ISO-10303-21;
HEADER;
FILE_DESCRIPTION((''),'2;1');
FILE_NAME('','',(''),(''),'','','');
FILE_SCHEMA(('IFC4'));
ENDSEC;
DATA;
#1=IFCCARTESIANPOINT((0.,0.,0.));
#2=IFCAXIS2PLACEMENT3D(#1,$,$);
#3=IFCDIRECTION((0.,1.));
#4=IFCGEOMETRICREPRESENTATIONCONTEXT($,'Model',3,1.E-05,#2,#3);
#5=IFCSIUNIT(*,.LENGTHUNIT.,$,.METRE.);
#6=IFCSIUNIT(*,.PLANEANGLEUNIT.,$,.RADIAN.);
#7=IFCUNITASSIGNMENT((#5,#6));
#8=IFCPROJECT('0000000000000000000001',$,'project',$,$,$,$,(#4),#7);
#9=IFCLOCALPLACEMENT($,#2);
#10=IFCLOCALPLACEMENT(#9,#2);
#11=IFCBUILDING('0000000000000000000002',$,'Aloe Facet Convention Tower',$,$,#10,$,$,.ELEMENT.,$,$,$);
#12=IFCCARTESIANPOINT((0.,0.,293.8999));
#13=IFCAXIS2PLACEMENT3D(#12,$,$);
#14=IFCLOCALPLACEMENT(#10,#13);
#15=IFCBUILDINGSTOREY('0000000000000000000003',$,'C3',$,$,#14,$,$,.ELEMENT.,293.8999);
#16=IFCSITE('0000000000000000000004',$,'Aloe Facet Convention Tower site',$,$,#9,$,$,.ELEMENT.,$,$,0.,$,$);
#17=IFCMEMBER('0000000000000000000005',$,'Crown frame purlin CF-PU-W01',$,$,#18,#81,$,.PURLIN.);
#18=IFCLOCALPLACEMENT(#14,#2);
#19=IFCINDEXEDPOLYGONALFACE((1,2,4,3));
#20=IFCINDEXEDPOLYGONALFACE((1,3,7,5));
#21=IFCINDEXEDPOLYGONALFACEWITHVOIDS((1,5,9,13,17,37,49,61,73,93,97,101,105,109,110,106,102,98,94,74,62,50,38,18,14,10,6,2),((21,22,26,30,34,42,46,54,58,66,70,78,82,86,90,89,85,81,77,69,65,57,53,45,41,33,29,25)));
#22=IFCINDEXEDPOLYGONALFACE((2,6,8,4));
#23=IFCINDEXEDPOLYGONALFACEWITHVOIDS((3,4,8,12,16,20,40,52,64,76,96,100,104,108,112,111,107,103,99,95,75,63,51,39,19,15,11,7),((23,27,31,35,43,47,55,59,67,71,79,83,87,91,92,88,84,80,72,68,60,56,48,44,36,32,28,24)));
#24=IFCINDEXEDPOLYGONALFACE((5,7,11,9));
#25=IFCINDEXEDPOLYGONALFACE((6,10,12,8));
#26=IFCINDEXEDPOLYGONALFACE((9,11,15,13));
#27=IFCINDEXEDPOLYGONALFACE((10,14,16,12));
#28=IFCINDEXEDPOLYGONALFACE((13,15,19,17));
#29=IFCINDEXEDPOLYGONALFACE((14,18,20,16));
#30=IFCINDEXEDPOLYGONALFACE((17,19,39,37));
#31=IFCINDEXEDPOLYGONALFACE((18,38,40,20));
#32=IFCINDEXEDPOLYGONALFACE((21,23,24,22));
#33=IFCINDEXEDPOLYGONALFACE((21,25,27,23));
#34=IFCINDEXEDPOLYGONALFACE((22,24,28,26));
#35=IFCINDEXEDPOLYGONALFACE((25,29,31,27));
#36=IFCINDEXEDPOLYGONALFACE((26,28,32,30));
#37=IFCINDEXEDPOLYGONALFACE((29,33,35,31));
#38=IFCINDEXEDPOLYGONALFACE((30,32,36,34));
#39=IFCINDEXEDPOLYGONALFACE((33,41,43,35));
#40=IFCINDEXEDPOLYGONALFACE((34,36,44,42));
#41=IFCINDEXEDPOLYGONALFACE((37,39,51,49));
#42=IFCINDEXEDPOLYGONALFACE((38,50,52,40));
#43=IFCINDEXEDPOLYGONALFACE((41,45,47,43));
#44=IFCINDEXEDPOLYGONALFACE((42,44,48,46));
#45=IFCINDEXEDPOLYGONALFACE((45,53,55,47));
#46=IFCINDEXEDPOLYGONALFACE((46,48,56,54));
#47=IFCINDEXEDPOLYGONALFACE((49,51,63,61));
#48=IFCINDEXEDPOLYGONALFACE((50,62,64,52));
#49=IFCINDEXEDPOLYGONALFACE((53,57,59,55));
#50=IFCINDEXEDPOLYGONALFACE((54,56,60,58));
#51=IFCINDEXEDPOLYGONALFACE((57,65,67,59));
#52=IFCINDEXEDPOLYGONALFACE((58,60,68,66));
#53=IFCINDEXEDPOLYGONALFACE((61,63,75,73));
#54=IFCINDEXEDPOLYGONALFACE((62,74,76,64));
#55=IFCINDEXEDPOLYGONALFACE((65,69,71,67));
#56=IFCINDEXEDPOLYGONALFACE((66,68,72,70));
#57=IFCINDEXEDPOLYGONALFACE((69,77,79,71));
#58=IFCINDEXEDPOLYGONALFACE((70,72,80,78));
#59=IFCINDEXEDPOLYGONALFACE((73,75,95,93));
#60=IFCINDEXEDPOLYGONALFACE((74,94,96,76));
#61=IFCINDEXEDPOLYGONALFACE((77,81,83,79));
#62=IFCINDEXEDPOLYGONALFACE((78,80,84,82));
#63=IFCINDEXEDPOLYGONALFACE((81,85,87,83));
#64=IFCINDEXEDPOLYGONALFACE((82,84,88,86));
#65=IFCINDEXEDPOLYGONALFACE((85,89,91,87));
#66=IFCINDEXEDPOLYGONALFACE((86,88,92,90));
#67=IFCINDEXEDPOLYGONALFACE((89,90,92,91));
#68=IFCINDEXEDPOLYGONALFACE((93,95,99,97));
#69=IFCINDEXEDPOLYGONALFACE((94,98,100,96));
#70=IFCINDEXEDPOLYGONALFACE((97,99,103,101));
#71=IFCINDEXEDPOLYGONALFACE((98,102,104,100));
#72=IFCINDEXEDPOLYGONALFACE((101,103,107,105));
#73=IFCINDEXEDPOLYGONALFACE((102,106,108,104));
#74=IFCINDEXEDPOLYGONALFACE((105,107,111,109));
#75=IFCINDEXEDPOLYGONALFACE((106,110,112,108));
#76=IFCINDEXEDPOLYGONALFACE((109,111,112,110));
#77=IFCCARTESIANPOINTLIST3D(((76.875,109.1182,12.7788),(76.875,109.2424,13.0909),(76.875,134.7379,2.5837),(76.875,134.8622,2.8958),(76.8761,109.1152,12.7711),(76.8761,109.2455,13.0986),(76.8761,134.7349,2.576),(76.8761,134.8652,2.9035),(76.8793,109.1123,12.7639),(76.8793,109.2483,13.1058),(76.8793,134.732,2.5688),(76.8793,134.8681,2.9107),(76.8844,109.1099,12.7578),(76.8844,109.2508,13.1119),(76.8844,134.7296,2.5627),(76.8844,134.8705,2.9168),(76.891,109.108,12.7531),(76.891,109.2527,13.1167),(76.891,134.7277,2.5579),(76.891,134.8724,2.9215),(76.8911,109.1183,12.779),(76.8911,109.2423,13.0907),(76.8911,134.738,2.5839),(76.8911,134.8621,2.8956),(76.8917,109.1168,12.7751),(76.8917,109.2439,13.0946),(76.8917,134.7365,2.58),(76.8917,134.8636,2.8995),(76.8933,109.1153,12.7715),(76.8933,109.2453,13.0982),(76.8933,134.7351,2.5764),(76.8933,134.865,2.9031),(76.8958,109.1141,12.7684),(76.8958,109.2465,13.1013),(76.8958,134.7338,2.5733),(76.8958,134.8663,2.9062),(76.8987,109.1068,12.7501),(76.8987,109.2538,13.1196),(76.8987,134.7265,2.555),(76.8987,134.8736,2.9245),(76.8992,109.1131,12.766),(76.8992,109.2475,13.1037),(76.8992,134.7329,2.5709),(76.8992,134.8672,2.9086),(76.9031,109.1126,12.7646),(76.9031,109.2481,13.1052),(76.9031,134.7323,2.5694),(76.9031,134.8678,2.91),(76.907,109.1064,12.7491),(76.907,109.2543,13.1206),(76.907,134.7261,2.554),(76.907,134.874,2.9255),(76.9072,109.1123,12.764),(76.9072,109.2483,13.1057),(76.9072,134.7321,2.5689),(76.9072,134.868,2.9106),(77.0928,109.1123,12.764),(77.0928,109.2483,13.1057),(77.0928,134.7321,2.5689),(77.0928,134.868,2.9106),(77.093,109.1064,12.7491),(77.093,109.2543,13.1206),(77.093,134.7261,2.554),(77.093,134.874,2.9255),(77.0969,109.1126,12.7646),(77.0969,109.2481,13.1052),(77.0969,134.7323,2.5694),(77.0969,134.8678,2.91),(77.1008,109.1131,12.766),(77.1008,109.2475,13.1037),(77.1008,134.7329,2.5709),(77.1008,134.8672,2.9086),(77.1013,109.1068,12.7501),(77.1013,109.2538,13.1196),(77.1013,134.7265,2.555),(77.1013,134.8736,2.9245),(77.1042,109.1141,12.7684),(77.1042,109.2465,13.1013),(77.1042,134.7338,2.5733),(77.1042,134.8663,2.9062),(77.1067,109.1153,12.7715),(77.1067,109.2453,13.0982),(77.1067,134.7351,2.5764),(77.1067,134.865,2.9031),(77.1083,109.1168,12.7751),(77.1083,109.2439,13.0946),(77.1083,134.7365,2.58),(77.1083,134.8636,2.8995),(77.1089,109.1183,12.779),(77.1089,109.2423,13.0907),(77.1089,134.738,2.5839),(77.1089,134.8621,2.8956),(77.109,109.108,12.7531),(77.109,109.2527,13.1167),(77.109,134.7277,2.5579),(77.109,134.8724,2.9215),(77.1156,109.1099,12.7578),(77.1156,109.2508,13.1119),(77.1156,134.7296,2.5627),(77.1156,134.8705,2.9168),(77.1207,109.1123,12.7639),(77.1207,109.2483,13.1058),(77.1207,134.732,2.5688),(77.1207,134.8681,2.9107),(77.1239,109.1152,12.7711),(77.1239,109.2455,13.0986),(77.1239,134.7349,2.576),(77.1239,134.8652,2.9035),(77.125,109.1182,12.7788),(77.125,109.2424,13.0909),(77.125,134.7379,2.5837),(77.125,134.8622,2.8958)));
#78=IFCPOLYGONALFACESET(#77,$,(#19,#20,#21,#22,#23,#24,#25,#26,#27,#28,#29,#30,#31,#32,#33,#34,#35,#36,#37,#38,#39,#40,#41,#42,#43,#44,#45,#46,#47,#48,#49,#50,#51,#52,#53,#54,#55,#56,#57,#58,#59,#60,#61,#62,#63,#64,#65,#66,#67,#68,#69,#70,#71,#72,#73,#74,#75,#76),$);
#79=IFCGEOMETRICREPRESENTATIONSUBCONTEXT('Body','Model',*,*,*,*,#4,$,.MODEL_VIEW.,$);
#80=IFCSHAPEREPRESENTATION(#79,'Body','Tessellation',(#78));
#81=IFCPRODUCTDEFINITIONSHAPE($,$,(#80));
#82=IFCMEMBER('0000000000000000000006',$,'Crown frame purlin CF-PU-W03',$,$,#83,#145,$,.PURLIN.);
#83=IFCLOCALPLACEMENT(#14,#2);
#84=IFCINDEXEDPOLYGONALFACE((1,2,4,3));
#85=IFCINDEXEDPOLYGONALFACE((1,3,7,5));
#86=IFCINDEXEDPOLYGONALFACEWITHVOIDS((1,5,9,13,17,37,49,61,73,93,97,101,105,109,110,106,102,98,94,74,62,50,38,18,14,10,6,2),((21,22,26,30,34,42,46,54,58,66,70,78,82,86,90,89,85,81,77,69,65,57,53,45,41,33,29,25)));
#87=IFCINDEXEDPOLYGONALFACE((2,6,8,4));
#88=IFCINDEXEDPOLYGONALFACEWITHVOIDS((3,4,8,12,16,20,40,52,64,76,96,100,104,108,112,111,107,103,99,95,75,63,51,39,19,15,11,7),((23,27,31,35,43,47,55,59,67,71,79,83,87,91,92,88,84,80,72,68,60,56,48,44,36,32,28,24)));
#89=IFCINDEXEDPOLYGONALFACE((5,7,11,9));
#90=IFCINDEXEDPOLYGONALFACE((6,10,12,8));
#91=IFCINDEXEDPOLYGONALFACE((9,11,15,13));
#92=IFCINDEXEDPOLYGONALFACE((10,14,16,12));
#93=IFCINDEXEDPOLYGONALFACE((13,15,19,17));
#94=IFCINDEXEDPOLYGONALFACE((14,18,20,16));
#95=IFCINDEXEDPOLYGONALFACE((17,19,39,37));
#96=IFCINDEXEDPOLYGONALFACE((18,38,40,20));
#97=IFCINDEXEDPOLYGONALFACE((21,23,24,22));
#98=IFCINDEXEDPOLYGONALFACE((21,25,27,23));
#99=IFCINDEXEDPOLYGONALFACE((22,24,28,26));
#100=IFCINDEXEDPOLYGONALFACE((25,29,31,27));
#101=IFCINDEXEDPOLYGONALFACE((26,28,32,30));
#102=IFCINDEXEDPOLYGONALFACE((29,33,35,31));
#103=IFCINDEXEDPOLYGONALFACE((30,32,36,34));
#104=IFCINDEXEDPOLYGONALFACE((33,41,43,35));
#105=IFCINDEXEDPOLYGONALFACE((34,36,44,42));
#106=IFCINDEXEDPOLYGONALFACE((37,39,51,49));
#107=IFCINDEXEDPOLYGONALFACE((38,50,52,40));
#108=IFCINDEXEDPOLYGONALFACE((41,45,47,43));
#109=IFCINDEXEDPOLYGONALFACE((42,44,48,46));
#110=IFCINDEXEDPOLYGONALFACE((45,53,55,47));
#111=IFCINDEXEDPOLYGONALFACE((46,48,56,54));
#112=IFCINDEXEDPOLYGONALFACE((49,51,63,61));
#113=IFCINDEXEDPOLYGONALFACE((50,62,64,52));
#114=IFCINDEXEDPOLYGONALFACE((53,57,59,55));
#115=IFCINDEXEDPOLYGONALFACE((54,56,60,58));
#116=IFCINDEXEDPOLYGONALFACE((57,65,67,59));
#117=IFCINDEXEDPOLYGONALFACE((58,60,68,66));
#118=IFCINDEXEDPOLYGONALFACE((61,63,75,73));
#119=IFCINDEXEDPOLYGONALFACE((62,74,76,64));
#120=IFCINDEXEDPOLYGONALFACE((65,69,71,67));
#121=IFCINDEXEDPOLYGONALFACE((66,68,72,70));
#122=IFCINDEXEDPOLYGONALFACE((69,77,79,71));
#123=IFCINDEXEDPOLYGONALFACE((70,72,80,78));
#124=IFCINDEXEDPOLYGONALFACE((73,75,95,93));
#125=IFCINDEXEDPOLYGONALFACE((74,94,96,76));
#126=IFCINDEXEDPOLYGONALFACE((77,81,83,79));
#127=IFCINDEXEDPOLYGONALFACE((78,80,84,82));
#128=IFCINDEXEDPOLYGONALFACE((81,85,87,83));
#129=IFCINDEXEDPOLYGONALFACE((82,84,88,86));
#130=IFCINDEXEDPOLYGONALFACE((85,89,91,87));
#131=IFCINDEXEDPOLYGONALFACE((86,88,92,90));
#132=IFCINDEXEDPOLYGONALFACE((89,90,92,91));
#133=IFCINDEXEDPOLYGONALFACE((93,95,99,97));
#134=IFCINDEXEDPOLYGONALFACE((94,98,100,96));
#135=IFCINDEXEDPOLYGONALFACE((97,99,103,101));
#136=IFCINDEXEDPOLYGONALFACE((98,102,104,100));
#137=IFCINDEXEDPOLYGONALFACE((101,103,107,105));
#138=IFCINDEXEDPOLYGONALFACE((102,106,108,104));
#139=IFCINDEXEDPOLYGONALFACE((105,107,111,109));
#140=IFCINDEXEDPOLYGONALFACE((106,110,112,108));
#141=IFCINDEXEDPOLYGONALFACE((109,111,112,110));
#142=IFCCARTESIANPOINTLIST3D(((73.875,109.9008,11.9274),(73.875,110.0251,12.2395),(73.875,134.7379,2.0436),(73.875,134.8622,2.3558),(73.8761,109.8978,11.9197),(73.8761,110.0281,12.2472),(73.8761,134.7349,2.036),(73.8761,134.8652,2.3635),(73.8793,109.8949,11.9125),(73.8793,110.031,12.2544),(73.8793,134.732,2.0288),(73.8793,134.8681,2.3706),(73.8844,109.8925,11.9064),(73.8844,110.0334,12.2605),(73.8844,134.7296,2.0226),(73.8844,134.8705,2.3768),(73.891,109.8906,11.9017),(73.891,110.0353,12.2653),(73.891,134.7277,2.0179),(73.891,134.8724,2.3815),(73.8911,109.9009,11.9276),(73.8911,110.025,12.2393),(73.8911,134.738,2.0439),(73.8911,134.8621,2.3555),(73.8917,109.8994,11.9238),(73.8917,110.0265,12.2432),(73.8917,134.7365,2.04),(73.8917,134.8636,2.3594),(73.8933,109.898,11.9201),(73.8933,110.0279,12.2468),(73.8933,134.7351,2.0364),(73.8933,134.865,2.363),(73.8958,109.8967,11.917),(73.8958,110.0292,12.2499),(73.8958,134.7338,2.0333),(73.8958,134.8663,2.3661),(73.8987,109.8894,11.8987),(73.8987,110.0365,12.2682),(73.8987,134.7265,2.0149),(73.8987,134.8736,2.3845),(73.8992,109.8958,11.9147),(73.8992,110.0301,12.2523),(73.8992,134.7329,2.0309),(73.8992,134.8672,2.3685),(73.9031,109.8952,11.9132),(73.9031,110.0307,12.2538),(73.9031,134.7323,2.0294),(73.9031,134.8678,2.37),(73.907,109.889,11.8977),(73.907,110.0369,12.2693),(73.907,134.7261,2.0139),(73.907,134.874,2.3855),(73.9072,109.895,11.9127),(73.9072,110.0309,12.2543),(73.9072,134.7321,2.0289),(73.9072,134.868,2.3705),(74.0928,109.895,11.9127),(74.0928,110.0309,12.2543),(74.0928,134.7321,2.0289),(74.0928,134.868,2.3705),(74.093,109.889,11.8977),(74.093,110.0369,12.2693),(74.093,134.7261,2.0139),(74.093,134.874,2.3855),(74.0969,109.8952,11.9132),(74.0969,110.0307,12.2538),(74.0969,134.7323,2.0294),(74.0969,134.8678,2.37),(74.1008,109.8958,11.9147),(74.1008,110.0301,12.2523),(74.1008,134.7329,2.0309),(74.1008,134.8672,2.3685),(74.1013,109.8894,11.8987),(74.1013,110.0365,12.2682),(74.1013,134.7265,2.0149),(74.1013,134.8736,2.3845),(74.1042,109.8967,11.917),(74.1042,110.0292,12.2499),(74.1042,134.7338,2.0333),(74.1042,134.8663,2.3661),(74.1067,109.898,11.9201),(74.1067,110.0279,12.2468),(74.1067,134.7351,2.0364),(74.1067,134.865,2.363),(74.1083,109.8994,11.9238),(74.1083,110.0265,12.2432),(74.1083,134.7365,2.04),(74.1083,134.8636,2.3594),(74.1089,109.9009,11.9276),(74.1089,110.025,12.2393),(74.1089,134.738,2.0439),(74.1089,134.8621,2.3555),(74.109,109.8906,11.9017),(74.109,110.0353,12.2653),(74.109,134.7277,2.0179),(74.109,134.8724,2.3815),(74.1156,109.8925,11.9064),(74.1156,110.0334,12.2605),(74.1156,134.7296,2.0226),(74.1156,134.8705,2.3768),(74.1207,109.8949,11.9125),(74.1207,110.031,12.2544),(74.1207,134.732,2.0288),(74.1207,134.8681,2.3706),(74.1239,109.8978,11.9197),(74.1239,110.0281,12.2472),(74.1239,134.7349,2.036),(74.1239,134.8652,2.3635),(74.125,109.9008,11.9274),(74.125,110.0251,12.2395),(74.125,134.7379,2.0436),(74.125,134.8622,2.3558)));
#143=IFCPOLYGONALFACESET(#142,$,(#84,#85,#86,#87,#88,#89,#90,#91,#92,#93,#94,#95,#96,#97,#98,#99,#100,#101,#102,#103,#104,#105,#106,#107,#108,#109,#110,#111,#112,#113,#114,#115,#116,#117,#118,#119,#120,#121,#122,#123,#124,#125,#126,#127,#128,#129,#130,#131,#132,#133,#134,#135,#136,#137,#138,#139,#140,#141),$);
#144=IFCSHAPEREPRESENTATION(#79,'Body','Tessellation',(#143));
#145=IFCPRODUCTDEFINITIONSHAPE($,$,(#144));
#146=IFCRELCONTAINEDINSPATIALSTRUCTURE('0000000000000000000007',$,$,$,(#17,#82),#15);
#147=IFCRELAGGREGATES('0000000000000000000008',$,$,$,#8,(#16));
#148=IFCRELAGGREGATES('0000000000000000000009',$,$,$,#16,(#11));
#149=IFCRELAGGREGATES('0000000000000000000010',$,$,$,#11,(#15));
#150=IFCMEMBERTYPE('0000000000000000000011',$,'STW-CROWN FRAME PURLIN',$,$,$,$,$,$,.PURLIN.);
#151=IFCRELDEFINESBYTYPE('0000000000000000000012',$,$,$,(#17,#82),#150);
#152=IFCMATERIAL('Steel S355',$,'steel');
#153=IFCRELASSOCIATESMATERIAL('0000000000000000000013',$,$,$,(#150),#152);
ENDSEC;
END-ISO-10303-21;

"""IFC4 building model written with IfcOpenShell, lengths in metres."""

from ifc_helpers import new_model, si_unit, direction, frame, origin, origin_2d, place, context, subcontext, project, spatial, hollow_rectangle, extrude, material, material_profile, profile_set, type_object, element, save


model = new_model("IFC4")

# Units and contexts
model_context = context("Model", 3, precision=1e-05, world=origin(), true_north=direction((0.0, 1.0)))
body_context = subcontext(model_context, "Body", "Model", "MODEL_VIEW")
ifc_project = project(units=[si_unit("LENGTHUNIT", "METRE"), si_unit("PLANEANGLEUNIT", "RADIAN")], contexts=[model_context])

# Site, building, storey
site_placement = place(None, origin())
site = spatial("IfcSite", under=ifc_project, at=site_placement, Name="Aloe Facet Convention Tower site", CompositionType="ELEMENT", RefElevation=0.0)
building_placement = place(site_placement, origin())
building = spatial("IfcBuilding", under=site, at=building_placement, Name="Aloe Facet Convention Tower", CompositionType="ELEMENT")
storey_placement = place(building_placement, frame((0.0, 0.0, 293.8999)))
storey = spatial("IfcBuildingStorey", under=building, at=storey_placement, Name="C3", CompositionType="ELEMENT", Elevation=293.8999)

# Members
ifc_material_1 = material(Name="Steel S355", Category="steel")
ifc_material_profile_1 = material_profile(ifc_material_1, hollow_rectangle(XDim=0.25, YDim=0.3999, WallThickness=0.0161, InnerFilletRadius=0.0161, OuterFilletRadius=0.032, at=origin_2d()), Name="RHS 400x250x16")
ifc_profile_set_1 = profile_set([ifc_material_profile_1], Name="Steel S355")
member_type_1 = type_object("IfcMemberType", Name="STW-CROWN FRAME PURLIN", PredefinedType="PURLIN", material=ifc_profile_set_1)
member_1_placement = place(storey_placement, frame((77.0, 134.8, 2.7397), z_axis=(0.0, -0.929135, 0.36974), x_axis=(1.0, 0.0, 0.0)))
element("IfcMember", 1, at=member_1_placement, inside=storey, type_object=member_type_1, Name="Crown frame purlin CF-PU-W01", PredefinedType="PURLIN", context=body_context, shape_type="SweptSolid", body=[
    extrude(hollow_rectangle(XDim=0.25, YDim=0.3999, WallThickness=0.0161, InnerFilletRadius=0.0161, OuterFilletRadius=0.032, at=origin_2d()), origin(), (0.0, 0.0, 1.0), 27.5737),
])
member_2_placement = place(storey_placement, frame((74.0, 134.8, 2.1997), z_axis=(0.0, -0.929134, 0.369743), x_axis=(1.0, 0.0, 0.0)))
element("IfcMember", 2, at=member_2_placement, inside=storey, type_object=member_type_1, Name="Crown frame purlin CF-PU-W03", PredefinedType="PURLIN", context=body_context, shape_type="SweptSolid", body=[
    extrude(hollow_rectangle(XDim=0.25, YDim=0.3999, WallThickness=0.0161, InnerFilletRadius=0.0161, OuterFilletRadius=0.032, at=origin_2d()), origin(), (0.0, 0.0, 1.0), 26.7314),
])

save(model, "model.ifc")
